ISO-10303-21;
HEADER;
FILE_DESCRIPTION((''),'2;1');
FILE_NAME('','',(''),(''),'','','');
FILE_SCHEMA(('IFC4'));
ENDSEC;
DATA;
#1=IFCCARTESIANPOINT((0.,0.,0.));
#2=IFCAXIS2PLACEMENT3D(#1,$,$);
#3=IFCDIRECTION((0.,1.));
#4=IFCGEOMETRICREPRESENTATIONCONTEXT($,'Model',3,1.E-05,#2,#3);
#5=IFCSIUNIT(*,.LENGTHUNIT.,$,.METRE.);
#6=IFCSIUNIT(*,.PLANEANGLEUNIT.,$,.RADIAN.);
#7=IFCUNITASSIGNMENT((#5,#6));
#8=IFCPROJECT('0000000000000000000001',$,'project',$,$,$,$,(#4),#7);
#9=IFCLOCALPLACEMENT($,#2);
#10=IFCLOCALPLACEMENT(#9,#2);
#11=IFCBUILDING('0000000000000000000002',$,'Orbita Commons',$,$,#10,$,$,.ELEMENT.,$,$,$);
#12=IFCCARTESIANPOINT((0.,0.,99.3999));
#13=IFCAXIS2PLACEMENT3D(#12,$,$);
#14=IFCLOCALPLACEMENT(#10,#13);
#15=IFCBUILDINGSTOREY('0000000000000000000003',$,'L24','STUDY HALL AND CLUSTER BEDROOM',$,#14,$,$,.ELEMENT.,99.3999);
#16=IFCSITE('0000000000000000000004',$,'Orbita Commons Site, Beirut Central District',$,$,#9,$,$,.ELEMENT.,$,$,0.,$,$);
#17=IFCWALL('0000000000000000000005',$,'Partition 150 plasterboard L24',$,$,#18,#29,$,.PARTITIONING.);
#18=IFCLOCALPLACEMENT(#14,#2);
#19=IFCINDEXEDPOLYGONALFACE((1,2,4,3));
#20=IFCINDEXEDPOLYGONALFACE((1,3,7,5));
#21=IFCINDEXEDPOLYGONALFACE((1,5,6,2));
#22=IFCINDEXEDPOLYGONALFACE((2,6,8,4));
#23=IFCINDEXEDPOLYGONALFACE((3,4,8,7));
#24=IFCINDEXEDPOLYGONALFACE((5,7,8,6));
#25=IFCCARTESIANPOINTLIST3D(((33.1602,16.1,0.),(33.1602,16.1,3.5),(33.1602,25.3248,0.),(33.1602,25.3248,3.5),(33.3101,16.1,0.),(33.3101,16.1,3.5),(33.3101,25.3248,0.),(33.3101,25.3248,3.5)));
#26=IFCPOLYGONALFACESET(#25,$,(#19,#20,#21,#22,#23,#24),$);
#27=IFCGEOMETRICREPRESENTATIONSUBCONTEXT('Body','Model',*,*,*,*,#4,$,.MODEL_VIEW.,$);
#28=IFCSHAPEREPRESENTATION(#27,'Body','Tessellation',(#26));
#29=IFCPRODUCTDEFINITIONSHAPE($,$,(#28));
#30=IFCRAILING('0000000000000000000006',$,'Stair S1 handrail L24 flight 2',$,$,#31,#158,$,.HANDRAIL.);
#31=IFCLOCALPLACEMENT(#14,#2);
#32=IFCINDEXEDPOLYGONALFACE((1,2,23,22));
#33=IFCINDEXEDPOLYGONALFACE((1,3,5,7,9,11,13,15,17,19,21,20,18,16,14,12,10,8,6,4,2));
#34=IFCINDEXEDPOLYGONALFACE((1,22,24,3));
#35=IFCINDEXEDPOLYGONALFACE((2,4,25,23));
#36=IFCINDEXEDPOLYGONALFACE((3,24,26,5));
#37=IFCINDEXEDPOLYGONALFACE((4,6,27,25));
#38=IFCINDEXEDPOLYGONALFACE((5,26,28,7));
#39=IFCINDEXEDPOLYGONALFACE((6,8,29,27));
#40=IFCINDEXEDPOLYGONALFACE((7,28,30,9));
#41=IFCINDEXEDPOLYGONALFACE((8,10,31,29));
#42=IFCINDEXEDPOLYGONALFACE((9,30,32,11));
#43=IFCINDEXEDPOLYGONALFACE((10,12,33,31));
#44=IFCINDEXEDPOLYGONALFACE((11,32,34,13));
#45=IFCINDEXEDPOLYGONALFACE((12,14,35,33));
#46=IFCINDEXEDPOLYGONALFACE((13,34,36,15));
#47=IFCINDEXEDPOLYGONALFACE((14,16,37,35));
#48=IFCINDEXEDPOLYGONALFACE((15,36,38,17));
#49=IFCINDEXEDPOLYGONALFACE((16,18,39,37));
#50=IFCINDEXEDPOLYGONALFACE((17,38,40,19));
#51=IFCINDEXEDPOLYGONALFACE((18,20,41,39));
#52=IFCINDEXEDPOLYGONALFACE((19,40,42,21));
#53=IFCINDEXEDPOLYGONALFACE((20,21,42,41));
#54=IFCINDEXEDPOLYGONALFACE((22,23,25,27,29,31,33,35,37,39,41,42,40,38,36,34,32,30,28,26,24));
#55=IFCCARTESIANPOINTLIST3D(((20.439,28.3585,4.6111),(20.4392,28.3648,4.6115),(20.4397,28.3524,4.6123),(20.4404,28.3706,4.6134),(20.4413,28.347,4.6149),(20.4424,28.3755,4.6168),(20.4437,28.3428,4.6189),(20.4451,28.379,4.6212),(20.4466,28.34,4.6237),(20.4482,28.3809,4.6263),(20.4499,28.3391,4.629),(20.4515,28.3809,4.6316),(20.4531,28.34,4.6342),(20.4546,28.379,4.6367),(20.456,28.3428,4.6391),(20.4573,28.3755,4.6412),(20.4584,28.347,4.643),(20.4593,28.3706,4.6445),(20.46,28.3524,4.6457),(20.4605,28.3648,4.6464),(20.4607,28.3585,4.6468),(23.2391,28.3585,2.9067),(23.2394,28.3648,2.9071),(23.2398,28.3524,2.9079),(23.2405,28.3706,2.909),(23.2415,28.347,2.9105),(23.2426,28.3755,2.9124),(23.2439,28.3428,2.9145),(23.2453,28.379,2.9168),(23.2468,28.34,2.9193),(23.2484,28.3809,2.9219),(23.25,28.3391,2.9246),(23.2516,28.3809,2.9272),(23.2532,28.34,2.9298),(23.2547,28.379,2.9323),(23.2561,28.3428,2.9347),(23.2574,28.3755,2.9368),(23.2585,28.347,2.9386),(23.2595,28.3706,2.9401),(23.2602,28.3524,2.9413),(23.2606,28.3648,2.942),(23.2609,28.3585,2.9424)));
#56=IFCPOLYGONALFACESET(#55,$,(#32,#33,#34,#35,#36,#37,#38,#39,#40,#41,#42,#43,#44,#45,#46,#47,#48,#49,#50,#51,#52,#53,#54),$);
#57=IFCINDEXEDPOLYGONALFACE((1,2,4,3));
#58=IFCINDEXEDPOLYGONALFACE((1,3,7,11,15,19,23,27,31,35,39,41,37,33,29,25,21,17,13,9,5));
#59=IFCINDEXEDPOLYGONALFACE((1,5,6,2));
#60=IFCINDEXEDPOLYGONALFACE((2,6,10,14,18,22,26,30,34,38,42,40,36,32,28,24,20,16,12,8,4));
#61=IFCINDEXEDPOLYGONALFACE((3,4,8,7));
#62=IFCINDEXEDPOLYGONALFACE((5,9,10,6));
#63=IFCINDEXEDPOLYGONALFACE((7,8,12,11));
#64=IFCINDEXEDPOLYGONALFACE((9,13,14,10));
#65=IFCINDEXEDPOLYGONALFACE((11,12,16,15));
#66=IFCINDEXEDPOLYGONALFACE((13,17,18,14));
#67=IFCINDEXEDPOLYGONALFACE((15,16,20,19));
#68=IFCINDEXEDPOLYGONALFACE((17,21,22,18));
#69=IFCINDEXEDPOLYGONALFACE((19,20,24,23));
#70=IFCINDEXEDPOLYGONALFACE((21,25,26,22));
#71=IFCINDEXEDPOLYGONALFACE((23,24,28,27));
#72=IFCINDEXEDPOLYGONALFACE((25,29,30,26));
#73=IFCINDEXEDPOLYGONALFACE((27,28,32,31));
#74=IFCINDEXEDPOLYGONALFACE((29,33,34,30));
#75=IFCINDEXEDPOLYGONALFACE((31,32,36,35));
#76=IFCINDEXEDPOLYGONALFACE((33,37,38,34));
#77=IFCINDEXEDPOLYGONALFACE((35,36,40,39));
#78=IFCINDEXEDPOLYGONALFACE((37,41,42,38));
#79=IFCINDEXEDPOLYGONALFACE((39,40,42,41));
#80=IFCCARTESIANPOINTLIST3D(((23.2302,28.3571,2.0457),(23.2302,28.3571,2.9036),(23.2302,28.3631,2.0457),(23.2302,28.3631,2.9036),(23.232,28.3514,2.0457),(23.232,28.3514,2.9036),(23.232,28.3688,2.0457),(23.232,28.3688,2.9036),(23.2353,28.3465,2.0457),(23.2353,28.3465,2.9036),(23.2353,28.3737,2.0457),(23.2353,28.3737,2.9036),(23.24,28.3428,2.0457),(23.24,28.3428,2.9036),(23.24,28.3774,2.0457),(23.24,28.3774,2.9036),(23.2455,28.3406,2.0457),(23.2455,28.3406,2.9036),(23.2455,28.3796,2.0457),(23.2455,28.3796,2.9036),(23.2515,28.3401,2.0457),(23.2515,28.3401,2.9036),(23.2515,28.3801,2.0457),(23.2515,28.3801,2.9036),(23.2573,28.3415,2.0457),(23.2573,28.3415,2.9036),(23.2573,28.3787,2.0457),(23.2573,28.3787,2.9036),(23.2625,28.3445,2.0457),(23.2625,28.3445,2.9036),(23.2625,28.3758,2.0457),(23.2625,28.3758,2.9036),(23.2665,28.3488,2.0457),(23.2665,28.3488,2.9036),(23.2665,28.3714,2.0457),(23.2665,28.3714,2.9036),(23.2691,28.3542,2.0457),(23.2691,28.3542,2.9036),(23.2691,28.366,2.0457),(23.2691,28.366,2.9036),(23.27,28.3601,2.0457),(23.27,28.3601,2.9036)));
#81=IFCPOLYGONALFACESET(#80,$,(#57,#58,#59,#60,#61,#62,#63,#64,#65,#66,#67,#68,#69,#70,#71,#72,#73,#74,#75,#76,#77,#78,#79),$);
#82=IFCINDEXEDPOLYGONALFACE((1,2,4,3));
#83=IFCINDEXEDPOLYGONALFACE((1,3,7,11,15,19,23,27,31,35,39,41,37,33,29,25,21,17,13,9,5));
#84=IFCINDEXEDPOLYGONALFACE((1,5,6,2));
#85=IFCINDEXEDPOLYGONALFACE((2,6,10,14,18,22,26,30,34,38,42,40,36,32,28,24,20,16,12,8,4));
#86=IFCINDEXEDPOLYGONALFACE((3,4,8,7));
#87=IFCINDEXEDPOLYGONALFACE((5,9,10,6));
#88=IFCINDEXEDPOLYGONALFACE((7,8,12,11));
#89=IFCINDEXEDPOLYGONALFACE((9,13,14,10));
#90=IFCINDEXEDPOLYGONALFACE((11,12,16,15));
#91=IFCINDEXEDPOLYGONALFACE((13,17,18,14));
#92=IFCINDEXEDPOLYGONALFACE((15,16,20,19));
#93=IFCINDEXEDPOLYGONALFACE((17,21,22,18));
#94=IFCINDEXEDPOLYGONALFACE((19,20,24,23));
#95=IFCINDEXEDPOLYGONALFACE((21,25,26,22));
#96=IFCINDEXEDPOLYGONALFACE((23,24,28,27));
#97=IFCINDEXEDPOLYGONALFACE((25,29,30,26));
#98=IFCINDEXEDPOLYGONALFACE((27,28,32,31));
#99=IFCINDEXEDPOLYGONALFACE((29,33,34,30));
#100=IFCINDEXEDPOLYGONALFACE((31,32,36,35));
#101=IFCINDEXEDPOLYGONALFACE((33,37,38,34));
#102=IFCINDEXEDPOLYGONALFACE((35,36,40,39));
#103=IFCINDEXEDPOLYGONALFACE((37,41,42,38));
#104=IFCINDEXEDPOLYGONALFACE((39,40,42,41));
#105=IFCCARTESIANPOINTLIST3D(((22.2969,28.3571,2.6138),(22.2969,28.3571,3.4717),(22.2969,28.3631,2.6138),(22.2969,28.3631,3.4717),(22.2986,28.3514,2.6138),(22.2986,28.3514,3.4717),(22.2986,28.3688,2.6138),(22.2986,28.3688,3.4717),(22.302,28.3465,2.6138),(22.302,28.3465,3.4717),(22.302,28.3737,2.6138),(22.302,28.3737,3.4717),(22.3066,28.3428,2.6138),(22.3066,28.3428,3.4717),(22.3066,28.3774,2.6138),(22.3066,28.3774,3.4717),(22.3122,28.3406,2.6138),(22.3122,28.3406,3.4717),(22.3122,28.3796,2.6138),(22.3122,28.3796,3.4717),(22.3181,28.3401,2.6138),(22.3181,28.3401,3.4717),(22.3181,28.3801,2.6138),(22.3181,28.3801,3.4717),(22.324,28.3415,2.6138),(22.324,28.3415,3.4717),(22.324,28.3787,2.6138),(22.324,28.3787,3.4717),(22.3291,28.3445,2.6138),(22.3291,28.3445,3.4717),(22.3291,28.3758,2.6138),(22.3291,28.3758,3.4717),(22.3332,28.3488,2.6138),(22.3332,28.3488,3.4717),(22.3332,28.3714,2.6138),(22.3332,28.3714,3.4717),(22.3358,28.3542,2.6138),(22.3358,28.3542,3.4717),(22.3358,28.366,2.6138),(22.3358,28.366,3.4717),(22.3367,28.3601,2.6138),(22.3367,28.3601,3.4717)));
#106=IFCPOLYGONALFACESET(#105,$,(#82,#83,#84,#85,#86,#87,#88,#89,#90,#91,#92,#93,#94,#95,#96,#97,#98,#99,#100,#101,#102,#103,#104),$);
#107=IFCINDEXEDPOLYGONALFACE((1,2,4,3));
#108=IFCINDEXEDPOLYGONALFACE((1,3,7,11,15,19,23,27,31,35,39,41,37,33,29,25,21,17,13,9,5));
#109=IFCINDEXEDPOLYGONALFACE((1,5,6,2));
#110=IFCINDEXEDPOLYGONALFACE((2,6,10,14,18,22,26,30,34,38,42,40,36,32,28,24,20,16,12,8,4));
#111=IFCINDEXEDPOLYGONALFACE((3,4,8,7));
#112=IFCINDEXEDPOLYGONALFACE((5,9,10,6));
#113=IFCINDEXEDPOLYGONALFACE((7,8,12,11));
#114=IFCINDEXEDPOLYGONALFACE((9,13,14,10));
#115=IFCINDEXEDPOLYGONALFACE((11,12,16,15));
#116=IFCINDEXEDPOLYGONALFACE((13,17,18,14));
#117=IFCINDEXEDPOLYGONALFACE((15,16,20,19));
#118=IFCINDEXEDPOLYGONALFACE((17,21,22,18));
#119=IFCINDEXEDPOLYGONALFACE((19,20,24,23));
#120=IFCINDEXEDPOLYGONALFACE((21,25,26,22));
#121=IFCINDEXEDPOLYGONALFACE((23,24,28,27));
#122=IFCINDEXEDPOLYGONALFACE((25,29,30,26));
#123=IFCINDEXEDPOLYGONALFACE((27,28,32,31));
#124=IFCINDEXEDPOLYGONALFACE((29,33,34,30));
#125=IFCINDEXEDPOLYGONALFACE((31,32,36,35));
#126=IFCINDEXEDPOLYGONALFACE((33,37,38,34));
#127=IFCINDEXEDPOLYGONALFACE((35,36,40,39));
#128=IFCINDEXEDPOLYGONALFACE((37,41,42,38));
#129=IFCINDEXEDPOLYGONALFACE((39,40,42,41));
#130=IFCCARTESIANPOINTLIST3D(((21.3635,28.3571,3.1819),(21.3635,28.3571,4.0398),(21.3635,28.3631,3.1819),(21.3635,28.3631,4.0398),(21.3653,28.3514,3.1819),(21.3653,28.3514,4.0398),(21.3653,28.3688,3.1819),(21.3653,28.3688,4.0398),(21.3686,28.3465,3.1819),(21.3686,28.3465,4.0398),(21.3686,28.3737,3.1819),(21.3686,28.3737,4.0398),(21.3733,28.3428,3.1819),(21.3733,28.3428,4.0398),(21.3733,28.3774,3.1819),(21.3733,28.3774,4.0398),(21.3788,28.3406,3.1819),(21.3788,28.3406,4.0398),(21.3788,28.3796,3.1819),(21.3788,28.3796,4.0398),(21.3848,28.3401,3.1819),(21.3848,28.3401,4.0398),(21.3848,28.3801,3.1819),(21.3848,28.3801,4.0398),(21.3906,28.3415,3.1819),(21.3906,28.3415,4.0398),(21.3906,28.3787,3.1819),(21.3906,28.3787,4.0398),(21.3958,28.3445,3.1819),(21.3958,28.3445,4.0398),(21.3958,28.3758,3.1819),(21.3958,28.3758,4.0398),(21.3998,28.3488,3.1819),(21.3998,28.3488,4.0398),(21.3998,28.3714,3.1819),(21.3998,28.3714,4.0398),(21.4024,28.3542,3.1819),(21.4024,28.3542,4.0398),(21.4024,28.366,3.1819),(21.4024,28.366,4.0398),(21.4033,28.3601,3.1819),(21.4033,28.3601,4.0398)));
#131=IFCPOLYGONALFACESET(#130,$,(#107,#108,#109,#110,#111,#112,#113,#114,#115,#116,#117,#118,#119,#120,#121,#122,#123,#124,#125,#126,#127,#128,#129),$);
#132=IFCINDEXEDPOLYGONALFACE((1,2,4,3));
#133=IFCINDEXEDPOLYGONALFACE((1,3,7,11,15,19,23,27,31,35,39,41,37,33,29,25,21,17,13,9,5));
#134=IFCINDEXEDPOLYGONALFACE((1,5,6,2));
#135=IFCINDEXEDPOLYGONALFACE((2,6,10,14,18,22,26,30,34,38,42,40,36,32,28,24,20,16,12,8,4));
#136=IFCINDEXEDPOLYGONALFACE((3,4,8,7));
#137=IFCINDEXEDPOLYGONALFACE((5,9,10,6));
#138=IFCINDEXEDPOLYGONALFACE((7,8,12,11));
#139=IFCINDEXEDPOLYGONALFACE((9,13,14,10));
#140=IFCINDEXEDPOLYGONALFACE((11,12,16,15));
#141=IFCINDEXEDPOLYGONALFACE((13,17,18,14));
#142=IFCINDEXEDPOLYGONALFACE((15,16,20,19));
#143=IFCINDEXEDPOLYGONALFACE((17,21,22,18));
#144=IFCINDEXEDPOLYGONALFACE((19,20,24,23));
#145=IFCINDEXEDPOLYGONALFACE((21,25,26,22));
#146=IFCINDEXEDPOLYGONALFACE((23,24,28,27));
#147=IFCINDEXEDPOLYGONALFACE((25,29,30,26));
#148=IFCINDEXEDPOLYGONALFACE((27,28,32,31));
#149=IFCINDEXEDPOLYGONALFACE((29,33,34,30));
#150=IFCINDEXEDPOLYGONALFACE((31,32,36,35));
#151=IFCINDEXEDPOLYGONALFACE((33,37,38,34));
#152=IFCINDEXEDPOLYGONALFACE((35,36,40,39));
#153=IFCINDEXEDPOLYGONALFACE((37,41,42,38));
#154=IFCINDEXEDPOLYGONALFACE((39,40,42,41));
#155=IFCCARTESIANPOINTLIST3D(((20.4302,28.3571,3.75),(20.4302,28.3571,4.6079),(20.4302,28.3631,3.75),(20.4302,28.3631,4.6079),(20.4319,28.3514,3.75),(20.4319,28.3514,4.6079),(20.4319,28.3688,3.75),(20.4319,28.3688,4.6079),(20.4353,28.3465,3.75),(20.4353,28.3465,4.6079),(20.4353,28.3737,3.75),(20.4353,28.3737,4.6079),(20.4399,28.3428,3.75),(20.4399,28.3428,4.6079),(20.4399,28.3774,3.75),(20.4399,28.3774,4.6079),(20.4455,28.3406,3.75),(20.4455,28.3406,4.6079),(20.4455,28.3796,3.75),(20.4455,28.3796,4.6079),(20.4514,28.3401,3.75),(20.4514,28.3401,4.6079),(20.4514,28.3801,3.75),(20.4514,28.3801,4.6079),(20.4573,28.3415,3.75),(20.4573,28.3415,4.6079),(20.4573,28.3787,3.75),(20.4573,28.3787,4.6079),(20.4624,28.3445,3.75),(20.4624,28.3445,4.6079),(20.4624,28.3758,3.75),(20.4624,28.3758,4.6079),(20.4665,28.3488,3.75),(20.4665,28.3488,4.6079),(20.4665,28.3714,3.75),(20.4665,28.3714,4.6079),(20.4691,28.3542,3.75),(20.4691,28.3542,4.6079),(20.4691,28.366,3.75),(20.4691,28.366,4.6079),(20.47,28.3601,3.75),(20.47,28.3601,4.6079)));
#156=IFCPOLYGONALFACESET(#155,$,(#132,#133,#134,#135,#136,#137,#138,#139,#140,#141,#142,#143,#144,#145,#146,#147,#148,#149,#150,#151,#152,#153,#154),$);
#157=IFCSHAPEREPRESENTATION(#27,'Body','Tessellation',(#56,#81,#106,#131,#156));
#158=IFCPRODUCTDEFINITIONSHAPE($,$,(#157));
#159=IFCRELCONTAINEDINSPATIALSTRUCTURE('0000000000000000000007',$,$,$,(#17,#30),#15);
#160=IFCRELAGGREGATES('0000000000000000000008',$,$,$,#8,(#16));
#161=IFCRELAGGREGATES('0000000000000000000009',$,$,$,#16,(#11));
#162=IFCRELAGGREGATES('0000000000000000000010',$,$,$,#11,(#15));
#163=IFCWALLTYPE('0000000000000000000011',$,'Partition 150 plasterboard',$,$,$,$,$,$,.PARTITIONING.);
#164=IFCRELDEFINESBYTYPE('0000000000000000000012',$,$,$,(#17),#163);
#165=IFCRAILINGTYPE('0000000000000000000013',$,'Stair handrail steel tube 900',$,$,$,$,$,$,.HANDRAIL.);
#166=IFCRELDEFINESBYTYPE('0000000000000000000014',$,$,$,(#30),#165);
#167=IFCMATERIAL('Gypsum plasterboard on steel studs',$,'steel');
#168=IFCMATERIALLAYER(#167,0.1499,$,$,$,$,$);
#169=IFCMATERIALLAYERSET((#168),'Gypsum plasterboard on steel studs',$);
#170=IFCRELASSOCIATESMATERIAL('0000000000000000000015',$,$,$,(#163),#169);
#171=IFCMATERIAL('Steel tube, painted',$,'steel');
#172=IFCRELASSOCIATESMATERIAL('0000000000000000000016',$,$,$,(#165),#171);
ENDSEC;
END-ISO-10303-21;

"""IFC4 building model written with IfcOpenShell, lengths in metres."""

from ifc_helpers import new_model, si_unit, direction, frame, frame_2d, origin, origin_2d, place, context, subcontext, project, spatial, rectangle, circle, extrude, material, layer, layer_set, type_object, element, save


model = new_model("IFC4")

# Units and contexts
model_context = context("Model", 3, precision=1e-05, world=origin(), true_north=direction((0.0, 1.0)))
body_context = subcontext(model_context, "Body", "Model", "MODEL_VIEW")
ifc_project = project(units=[si_unit("LENGTHUNIT", "METRE"), si_unit("PLANEANGLEUNIT", "RADIAN")], contexts=[model_context])

# Site, building, storey
site_placement = place(None, origin())
site = spatial("IfcSite", under=ifc_project, at=site_placement, Name="Orbita Commons Site, Beirut Central District", CompositionType="ELEMENT", RefElevation=0.0)
building_placement = place(site_placement, origin())
building = spatial("IfcBuilding", under=site, at=building_placement, Name="Orbita Commons", CompositionType="ELEMENT")
storey_placement = place(building_placement, frame((0.0, 0.0, 99.3999)))
storey = spatial("IfcBuildingStorey", under=building, at=storey_placement, Name="L24", Description="STUDY HALL AND CLUSTER BEDROOM", CompositionType="ELEMENT", Elevation=99.3999)

# Wall
ifc_material_1 = material(Name="Gypsum plasterboard on steel studs", Category="steel")
ifc_layer_1 = layer(ifc_material_1, 0.1499)
ifc_layer_set_1 = layer_set([ifc_layer_1], Name="Gypsum plasterboard on steel studs")
wall_type_1 = type_object("IfcWallType", Name="Partition 150 plasterboard", PredefinedType="PARTITIONING", material=ifc_layer_set_1)
wall_1_placement = place(storey_placement, frame((33.2351, 16.1001, 0.0), z_axis=(0.0, 0.0, 1.0), x_axis=(0.0, 1.0, 0.0)))
element("IfcWall", 1, at=wall_1_placement, inside=storey, type_object=wall_type_1, Name="Partition 150 plasterboard L24", PredefinedType="PARTITIONING", context=body_context, shape_type="SweptSolid", body=[
    extrude(rectangle(XDim=9.2249, YDim=0.1499, at=frame_2d((4.6123, 0.0))), origin(), (0.0, 0.0, 1.0), 3.5),
])

# Railing
ifc_material_2 = material(Name="Steel tube, painted", Category="steel")
railing_type = type_object("IfcRailingType", Name="Stair handrail steel tube 900", PredefinedType="HANDRAIL", material=ifc_material_2)
for number, where, name in (
    (2, (23.25, 28.3601, 2.0457), "Stair S1 handrail L24 flight 2"),
):
    element("IfcRailing", number, at=place(storey_placement, frame(where)), inside=storey, type_object=railing_type, Name=name, PredefinedType="HANDRAIL", context=body_context, shape_type="SweptSolid", body=[
        extrude(circle(Radius=0.021, at=origin_2d()), frame((0.0, 0.0, 0.8789), z_axis=(-0.854203, 0.0, 0.51994), x_axis=(0.0, -1.0, 0.0)), (0.0, 0.0, 1.0), 3.2781),
        extrude(circle(Radius=0.02, at=origin_2d()), origin(), (0.0, 0.0, 1.0), 0.8579),
        extrude(circle(Radius=0.02, at=origin_2d()), frame((-0.9333, 0.0, 0.5681)), (0.0, 0.0, 1.0), 0.8579),
        extrude(circle(Radius=0.02, at=origin_2d()), frame((-1.8667, 0.0, 1.1362)), (0.0, 0.0, 1.0), 0.8579),
        extrude(circle(Radius=0.02, at=origin_2d()), frame((-2.8, 0.0, 1.7043)), (0.0, 0.0, 1.0), 0.8579),
    ])

save(model, "model.ifc")
